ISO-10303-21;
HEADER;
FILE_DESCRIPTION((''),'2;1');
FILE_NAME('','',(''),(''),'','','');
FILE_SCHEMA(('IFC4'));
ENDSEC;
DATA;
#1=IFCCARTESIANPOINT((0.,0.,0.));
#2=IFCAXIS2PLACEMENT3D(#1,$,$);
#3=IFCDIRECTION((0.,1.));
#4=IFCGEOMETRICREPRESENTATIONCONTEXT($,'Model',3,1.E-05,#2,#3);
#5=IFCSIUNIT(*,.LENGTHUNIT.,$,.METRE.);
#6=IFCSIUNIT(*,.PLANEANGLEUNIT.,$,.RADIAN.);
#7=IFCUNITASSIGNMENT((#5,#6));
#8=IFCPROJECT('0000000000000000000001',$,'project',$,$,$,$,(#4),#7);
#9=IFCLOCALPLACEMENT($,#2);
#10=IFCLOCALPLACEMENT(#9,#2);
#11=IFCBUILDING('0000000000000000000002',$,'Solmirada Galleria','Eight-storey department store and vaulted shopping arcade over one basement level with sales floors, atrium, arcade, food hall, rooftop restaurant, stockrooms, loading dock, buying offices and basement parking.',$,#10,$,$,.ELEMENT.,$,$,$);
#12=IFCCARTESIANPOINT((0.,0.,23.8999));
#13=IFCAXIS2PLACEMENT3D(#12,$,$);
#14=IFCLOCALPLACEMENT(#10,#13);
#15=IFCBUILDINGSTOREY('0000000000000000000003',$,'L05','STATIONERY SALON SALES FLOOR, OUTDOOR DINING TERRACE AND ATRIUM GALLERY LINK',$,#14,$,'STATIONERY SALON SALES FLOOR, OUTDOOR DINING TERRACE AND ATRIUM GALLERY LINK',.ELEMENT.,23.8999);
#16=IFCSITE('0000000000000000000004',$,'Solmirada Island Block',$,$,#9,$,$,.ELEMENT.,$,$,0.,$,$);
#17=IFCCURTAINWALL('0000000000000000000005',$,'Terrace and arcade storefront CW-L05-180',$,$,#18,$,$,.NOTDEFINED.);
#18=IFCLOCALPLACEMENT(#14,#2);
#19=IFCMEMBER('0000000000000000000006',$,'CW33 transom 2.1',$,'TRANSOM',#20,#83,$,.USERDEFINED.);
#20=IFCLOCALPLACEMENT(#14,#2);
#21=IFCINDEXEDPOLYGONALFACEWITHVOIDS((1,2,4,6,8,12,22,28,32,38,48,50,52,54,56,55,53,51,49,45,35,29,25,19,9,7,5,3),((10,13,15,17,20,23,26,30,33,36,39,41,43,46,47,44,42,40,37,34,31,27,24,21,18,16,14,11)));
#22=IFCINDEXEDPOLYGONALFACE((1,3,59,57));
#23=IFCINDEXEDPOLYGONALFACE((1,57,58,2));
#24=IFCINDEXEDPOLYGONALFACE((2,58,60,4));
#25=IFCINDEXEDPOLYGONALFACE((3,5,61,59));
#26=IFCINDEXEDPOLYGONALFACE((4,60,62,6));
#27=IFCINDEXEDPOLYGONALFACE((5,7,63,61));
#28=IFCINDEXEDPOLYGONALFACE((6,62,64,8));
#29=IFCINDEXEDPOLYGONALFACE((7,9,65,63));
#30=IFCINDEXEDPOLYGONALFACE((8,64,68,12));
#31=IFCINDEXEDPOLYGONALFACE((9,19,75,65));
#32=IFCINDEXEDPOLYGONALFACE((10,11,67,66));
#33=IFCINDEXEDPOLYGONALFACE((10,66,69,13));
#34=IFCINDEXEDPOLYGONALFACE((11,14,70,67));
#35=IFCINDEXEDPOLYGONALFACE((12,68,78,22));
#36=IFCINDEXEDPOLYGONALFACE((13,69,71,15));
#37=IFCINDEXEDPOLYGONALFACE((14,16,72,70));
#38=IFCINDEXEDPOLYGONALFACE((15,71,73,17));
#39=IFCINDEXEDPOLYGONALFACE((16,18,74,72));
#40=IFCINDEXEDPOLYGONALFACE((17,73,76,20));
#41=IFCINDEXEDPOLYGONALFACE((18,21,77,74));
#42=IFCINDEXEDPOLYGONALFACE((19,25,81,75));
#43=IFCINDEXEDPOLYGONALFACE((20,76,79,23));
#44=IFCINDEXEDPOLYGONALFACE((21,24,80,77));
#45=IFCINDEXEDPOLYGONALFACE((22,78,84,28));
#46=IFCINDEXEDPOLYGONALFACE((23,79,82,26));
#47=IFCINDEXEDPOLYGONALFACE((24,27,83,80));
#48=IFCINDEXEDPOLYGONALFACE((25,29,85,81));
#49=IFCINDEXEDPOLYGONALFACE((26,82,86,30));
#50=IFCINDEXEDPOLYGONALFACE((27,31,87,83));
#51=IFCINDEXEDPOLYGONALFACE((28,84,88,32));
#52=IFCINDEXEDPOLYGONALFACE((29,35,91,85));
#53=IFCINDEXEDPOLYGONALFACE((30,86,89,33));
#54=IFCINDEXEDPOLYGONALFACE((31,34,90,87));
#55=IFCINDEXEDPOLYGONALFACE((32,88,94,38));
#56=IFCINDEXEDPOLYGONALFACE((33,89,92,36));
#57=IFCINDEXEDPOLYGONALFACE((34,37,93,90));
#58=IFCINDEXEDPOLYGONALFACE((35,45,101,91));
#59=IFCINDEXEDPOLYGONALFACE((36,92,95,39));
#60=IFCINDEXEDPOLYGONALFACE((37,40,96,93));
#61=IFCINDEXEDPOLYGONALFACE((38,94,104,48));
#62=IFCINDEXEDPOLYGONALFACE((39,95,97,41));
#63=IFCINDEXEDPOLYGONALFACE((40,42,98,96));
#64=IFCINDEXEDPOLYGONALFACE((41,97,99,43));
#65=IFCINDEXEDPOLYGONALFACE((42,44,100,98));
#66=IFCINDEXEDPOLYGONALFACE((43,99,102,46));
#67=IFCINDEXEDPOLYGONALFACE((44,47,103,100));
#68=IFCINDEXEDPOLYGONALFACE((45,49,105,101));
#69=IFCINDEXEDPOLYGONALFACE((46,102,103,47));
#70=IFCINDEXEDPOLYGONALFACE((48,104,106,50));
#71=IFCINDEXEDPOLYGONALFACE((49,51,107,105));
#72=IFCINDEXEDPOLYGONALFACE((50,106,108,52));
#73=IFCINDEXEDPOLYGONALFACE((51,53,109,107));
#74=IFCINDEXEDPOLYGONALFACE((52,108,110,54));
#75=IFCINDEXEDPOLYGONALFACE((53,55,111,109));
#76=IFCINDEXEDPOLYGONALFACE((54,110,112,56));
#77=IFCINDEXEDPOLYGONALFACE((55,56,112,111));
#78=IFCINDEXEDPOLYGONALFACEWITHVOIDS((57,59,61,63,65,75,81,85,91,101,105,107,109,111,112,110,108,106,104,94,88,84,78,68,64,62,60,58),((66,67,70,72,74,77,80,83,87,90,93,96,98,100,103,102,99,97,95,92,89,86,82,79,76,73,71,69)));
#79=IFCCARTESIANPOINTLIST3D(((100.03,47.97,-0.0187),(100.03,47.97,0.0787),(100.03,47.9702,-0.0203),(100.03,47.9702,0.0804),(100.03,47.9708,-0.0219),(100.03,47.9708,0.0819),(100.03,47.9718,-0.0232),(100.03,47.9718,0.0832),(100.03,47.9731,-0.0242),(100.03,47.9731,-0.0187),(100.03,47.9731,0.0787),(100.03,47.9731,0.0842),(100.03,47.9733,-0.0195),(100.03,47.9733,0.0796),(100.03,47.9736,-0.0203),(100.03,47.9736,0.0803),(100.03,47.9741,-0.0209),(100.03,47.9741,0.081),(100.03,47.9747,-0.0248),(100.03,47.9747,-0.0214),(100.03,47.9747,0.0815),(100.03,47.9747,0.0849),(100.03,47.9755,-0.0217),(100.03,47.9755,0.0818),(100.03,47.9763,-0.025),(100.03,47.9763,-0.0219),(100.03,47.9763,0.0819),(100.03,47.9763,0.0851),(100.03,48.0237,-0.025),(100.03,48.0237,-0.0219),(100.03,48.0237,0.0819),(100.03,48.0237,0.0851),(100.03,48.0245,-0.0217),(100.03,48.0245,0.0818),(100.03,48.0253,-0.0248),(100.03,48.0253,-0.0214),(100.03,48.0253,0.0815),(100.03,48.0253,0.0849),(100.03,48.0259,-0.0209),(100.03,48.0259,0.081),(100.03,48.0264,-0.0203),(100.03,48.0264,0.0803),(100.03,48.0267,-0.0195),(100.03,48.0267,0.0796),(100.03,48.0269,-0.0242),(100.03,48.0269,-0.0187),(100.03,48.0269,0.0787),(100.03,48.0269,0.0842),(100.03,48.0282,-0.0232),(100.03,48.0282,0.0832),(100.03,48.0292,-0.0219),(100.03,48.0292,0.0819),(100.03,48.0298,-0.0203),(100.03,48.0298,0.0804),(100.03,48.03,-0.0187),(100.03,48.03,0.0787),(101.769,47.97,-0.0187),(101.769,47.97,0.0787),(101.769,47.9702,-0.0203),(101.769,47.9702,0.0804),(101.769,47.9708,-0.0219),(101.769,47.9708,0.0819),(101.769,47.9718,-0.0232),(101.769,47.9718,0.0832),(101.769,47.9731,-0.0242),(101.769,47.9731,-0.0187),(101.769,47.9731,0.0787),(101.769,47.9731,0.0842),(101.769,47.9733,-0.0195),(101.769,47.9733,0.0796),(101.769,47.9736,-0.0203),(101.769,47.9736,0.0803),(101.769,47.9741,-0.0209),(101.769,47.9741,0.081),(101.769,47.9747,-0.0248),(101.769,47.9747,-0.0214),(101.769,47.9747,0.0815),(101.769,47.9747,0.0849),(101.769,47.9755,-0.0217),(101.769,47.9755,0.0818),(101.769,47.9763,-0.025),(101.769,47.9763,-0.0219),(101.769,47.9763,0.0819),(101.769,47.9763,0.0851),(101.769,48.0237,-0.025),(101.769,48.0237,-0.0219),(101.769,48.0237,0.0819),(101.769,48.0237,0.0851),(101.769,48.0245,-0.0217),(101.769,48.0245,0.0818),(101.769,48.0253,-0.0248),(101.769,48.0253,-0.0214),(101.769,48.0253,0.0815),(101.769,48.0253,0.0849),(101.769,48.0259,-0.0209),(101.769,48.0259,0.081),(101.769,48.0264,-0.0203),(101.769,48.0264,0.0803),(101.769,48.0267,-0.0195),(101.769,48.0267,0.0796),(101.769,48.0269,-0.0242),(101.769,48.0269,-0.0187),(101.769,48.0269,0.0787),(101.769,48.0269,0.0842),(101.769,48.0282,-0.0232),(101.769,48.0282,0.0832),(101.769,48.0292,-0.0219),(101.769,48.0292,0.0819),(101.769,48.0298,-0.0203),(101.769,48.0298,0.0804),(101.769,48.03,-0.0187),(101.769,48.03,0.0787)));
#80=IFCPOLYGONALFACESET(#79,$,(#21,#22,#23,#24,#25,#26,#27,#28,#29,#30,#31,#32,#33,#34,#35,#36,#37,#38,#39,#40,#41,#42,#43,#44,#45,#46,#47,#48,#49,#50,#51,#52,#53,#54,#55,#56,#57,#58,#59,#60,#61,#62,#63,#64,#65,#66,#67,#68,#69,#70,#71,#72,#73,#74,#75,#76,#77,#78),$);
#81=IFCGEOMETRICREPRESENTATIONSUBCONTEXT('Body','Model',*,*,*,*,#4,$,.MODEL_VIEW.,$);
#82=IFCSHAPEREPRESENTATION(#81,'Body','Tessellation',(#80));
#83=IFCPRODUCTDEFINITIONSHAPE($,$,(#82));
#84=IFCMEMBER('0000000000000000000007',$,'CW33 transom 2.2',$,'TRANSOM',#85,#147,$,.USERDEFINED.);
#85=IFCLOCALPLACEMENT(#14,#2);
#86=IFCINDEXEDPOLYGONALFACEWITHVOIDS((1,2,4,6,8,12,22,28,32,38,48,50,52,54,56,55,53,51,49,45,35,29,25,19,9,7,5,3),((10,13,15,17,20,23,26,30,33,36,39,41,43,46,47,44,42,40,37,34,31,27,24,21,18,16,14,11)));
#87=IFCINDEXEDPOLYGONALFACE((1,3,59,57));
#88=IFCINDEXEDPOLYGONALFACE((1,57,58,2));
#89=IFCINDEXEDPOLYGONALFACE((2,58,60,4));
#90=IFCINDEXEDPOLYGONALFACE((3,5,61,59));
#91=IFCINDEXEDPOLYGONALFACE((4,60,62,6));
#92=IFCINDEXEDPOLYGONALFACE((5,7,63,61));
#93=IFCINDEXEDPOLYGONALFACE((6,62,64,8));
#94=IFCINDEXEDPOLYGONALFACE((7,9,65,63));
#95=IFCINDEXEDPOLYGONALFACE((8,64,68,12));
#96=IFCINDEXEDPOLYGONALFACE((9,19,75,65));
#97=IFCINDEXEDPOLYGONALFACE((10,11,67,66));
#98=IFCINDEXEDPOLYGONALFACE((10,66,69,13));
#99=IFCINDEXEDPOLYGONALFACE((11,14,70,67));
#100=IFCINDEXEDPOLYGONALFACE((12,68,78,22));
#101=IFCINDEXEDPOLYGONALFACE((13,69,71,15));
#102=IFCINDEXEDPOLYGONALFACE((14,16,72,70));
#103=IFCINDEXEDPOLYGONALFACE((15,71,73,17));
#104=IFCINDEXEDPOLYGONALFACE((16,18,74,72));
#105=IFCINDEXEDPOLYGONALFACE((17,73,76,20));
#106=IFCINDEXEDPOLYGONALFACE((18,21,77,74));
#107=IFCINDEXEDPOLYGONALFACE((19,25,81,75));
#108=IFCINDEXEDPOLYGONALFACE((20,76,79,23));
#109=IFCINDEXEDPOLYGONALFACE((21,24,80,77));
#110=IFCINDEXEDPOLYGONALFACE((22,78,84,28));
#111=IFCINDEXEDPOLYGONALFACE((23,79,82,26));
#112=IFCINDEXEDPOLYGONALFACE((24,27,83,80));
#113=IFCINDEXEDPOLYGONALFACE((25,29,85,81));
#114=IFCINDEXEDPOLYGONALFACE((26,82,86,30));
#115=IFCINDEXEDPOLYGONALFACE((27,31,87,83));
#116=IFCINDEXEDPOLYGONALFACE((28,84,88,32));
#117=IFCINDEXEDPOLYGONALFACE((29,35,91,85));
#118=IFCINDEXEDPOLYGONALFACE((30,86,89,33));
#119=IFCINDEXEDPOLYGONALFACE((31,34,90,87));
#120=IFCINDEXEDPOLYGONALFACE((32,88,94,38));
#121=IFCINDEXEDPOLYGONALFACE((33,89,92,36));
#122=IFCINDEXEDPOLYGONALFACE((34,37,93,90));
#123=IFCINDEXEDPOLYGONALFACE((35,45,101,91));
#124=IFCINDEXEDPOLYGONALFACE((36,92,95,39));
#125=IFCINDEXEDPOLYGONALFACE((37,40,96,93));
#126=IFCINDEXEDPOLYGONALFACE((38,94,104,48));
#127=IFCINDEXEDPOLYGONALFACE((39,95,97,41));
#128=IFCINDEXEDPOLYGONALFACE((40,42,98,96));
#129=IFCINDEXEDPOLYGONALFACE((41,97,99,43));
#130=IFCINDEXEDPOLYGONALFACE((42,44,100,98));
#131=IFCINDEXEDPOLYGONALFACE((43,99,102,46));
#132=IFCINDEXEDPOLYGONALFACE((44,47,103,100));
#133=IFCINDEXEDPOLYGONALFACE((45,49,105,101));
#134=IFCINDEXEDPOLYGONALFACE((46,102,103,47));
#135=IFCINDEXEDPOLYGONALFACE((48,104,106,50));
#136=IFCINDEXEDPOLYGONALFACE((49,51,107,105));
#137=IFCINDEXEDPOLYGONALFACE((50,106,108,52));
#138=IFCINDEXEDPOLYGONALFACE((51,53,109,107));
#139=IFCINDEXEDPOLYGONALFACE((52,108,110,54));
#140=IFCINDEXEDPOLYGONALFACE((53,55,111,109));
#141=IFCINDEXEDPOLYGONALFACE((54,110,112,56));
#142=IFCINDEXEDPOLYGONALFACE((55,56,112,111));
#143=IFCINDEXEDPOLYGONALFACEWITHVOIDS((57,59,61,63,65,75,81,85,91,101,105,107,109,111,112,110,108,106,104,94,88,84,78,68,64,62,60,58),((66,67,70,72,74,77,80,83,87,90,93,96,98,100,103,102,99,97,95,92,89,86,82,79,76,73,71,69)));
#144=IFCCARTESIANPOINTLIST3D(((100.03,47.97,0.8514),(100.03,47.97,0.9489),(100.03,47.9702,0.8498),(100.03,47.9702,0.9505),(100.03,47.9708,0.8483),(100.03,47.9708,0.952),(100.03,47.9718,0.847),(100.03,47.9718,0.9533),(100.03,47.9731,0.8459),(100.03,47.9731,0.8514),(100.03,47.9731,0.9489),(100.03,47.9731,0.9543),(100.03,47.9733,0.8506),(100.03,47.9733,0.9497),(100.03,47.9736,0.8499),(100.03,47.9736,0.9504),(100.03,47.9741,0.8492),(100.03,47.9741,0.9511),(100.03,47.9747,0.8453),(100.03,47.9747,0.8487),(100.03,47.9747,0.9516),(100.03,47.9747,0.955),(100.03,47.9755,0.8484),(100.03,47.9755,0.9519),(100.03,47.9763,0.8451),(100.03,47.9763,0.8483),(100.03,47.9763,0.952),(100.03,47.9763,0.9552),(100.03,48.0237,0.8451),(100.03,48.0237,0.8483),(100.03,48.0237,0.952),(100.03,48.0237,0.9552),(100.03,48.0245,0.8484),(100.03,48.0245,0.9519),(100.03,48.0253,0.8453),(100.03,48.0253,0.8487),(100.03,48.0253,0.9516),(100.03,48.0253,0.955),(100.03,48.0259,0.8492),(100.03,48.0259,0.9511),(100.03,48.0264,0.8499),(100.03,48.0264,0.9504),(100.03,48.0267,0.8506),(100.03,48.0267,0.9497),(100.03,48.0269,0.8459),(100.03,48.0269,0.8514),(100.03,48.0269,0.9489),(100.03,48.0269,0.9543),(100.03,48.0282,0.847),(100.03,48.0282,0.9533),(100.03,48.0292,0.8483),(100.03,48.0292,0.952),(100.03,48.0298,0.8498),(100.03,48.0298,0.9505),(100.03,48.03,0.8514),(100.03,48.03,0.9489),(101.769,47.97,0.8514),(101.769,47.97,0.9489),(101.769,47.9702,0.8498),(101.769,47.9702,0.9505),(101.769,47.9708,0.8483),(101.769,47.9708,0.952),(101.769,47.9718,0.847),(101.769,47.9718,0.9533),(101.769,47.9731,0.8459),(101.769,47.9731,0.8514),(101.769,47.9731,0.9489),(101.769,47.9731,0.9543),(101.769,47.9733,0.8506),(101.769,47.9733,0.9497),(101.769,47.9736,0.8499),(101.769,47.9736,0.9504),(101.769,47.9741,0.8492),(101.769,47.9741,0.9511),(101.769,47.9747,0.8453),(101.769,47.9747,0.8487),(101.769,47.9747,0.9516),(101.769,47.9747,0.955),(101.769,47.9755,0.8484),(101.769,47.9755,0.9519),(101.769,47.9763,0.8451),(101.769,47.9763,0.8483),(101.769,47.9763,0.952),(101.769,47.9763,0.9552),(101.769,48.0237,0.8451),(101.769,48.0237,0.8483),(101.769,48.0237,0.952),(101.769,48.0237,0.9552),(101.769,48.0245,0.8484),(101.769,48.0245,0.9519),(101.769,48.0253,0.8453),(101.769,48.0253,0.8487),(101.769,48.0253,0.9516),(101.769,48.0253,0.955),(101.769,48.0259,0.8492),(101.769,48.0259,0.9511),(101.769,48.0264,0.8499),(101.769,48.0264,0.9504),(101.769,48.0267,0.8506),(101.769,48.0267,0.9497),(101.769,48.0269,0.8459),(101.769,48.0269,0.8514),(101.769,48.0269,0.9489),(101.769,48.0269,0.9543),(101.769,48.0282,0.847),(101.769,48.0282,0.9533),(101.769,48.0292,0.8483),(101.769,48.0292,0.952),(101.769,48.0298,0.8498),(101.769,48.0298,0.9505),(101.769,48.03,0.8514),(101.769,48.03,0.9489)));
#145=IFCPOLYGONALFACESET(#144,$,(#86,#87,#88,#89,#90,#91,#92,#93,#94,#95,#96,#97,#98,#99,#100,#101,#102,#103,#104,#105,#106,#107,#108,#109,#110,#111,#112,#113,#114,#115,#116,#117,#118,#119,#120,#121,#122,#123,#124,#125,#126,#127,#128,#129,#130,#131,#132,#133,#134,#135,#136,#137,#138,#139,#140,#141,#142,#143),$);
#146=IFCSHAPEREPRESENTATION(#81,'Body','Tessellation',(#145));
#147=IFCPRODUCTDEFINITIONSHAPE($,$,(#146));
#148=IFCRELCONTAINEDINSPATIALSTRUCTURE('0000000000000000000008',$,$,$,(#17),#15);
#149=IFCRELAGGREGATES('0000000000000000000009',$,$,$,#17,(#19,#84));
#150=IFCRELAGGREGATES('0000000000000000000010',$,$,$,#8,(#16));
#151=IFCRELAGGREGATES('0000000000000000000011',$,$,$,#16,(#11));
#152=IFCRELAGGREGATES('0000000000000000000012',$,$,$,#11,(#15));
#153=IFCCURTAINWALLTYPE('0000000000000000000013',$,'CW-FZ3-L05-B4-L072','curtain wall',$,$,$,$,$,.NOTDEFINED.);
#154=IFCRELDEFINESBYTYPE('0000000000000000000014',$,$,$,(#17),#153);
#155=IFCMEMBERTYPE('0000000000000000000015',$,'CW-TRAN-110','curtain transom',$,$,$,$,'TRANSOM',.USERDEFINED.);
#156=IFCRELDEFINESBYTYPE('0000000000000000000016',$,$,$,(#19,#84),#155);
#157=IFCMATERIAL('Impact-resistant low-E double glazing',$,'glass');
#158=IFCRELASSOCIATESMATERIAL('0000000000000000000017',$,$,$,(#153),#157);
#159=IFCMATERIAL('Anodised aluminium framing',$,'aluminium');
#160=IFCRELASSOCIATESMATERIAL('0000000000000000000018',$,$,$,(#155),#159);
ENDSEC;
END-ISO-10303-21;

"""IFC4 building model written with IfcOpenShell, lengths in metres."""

from ifc_helpers import new_model, si_unit, direction, frame, origin, origin_2d, place, context, subcontext, project, spatial, hollow_rectangle, extrude, material, material_profile, profile_set, type_object, element, aggregate, save


model = new_model("IFC4")

# Units and contexts
model_context = context("Model", 3, precision=1e-05, world=origin(), true_north=direction((0.0, 1.0)))
body_context = subcontext(model_context, "Body", "Model", "MODEL_VIEW")
ifc_project = project(units=[si_unit("LENGTHUNIT", "METRE"), si_unit("PLANEANGLEUNIT", "RADIAN")], contexts=[model_context])

# Site, building, storey
site_placement = place(None, origin())
site = spatial("IfcSite", under=ifc_project, at=site_placement, Name="Solmirada Island Block", CompositionType="ELEMENT", RefElevation=0.0)
building_placement = place(site_placement, origin())
building = spatial("IfcBuilding", under=site, at=building_placement, Name="Solmirada Galleria", Description="Eight-storey department store and vaulted shopping arcade over one basement level with sales floors, atrium, arcade, food hall, rooftop restaurant, stockrooms, loading dock, buying offices and basement parking.", CompositionType="ELEMENT")
storey_placement = place(building_placement, frame((0.0, 0.0, 23.8999)))
storey = spatial("IfcBuildingStorey", under=building, at=storey_placement, Name="L05", Description="STATIONERY SALON SALES FLOOR, OUTDOOR DINING TERRACE AND ATRIUM GALLERY LINK", LongName="STATIONERY SALON SALES FLOOR, OUTDOOR DINING TERRACE AND ATRIUM GALLERY LINK", CompositionType="ELEMENT", Elevation=23.8999)

# Curtain wall, members
ifc_material_1 = material(Name="Impact-resistant low-E double glazing", Category="glass")
curtain_wall_type = type_object("IfcCurtainWallType", Name="CW-FZ3-L05-B4-L072", Description="curtain wall", PredefinedType="NOTDEFINED", material=ifc_material_1)
curtain_wall_placement = place(storey_placement, origin())
curtain_wall = element("IfcCurtainWall", 1, at=curtain_wall_placement, inside=storey, type_object=curtain_wall_type, Name="Terrace and arcade storefront CW-L05-180", PredefinedType="NOTDEFINED")
ifc_material_2 = material(Name="Anodised aluminium framing", Category="aluminium")
ifc_material_profile_1 = material_profile(ifc_material_2, hollow_rectangle(XDim=0.0601, YDim=0.1101, WallThickness=0.0032, InnerFilletRadius=0.0032, OuterFilletRadius=0.0063, at=origin_2d()), Name="ALU-TRAN-110X60")
ifc_profile_set_1 = profile_set([ifc_material_profile_1], Name="Anodised aluminium framing")
member_type_1 = type_object("IfcMemberType", Name="CW-TRAN-110", Description="curtain transom", ElementType="TRANSOM", PredefinedType="USERDEFINED", material=ifc_profile_set_1)
member_1_placement = place(storey_placement, frame((101.769, 48.0, 0.03), z_axis=(-1.0, 0.0, 0.0), x_axis=(0.0, -1.0, 0.0)))
member_1 = element("IfcMember", 2, at=member_1_placement, type_object=member_type_1, Name="CW33 transom 2.1", ObjectType="TRANSOM", PredefinedType="USERDEFINED", context=body_context, shape_type="SweptSolid", body=[
    extrude(hollow_rectangle(XDim=0.0601, YDim=0.1101, WallThickness=0.0032, InnerFilletRadius=0.0032, OuterFilletRadius=0.0063, at=origin_2d()), origin(), (0.0, 0.0, 1.0), 1.739),
])
member_2_placement = place(storey_placement, frame((101.769, 48.0, 0.9001), z_axis=(-1.0, 0.0, 0.0), x_axis=(0.0, -1.0, 0.0)))
member_2 = element("IfcMember", 3, at=member_2_placement, type_object=member_type_1, Name="CW33 transom 2.2", ObjectType="TRANSOM", PredefinedType="USERDEFINED", context=body_context, shape_type="SweptSolid", body=[
    extrude(hollow_rectangle(XDim=0.0601, YDim=0.1101, WallThickness=0.0032, InnerFilletRadius=0.0032, OuterFilletRadius=0.0063, at=origin_2d()), origin(), (0.0, 0.0, 1.0), 1.739),
])
aggregate(curtain_wall, [member_1, member_2])

save(model, "model.ifc")
